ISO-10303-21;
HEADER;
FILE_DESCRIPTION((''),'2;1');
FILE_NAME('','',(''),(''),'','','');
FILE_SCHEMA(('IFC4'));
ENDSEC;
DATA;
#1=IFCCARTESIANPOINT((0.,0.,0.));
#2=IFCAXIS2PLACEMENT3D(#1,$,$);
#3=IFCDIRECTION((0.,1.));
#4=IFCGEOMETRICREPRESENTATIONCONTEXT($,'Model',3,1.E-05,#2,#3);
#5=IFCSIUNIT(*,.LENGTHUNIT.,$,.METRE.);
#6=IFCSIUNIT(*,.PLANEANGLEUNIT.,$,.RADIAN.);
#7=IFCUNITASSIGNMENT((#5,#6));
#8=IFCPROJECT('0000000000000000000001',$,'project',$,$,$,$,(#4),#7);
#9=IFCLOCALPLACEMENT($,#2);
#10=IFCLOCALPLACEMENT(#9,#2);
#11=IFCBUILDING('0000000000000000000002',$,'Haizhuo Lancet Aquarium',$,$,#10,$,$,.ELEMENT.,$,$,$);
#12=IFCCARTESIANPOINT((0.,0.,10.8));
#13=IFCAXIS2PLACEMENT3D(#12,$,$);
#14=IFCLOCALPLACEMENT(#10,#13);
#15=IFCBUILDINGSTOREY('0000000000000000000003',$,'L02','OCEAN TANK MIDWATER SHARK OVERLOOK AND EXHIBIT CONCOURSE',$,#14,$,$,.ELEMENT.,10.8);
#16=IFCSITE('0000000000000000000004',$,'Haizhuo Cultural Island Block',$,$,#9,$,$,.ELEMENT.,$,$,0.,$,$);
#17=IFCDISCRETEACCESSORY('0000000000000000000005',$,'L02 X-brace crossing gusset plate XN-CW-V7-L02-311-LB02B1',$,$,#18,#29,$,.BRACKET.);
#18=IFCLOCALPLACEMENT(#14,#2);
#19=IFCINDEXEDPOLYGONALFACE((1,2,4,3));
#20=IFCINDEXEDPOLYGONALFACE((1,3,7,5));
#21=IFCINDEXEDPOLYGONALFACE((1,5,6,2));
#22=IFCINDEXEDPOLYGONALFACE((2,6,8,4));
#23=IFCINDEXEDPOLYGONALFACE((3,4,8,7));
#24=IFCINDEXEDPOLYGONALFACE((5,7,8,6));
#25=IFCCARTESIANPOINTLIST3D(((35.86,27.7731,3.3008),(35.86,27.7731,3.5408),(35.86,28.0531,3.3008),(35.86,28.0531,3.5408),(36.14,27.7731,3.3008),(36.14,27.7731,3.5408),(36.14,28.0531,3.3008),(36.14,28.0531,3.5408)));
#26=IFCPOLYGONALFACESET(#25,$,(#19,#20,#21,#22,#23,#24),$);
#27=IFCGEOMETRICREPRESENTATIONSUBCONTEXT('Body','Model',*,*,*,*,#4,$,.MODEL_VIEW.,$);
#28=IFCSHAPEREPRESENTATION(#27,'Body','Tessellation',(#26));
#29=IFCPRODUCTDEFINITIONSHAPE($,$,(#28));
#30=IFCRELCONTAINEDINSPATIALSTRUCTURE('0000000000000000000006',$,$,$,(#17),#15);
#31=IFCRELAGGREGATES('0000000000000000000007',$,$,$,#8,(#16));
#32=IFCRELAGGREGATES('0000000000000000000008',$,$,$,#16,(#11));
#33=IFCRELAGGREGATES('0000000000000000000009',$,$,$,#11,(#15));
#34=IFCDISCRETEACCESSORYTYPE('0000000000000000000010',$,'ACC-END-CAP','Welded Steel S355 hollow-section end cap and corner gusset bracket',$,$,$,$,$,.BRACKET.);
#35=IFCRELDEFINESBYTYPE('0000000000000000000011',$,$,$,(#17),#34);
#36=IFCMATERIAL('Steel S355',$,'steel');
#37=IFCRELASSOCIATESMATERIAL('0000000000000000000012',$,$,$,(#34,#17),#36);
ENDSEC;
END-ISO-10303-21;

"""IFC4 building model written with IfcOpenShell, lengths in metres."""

from ifc_helpers import new_model, si_unit, direction, frame, origin, origin_2d, place, context, subcontext, project, spatial, rectangle, extrude, material, type_object, element, save


model = new_model("IFC4")

# Units and contexts
model_context = context("Model", 3, precision=1e-05, world=origin(), true_north=direction((0.0, 1.0)))
body_context = subcontext(model_context, "Body", "Model", "MODEL_VIEW")
ifc_project = project(units=[si_unit("LENGTHUNIT", "METRE"), si_unit("PLANEANGLEUNIT", "RADIAN")], contexts=[model_context])

# Site, building, storey
site_placement = place(None, origin())
site = spatial("IfcSite", under=ifc_project, at=site_placement, Name="Haizhuo Cultural Island Block", CompositionType="ELEMENT", RefElevation=0.0)
building_placement = place(site_placement, origin())
building = spatial("IfcBuilding", under=site, at=building_placement, Name="Haizhuo Lancet Aquarium", CompositionType="ELEMENT")
storey_placement = place(building_placement, frame((0.0, 0.0, 10.8)))
storey = spatial("IfcBuildingStorey", under=building, at=storey_placement, Name="L02", Description="OCEAN TANK MIDWATER SHARK OVERLOOK AND EXHIBIT CONCOURSE", CompositionType="ELEMENT", Elevation=10.8)

# Shared definitions
ifc_material_1 = material(Name="Steel S355", Category="steel")

# Discrete accessory
discrete_accessory_type = type_object("IfcDiscreteAccessoryType", Name="ACC-END-CAP", Description="Welded Steel S355 hollow-section end cap and corner gusset bracket", PredefinedType="BRACKET", material=ifc_material_1)
for number, where, z_axis, x_axis, name in (
    (1, (36.0, 27.9131, 3.3008), (0.0, 0.0, 1.0), (1.0, 0.0, 0.0), "L02 X-brace crossing gusset plate XN-CW-V7-L02-311-LB02B1"),
):
    element("IfcDiscreteAccessory", number, at=place(storey_placement, frame(where, z_axis=z_axis, x_axis=x_axis)), inside=storey, type_object=discrete_accessory_type, material=ifc_material_1, Name=name, PredefinedType="BRACKET", context=body_context, shape_type="SweptSolid", body=[
        extrude(rectangle(XDim=0.28, YDim=0.28, at=origin_2d()), origin(), (0.0, 0.0, 1.0), 0.24),
    ])

save(model, "model.ifc")
